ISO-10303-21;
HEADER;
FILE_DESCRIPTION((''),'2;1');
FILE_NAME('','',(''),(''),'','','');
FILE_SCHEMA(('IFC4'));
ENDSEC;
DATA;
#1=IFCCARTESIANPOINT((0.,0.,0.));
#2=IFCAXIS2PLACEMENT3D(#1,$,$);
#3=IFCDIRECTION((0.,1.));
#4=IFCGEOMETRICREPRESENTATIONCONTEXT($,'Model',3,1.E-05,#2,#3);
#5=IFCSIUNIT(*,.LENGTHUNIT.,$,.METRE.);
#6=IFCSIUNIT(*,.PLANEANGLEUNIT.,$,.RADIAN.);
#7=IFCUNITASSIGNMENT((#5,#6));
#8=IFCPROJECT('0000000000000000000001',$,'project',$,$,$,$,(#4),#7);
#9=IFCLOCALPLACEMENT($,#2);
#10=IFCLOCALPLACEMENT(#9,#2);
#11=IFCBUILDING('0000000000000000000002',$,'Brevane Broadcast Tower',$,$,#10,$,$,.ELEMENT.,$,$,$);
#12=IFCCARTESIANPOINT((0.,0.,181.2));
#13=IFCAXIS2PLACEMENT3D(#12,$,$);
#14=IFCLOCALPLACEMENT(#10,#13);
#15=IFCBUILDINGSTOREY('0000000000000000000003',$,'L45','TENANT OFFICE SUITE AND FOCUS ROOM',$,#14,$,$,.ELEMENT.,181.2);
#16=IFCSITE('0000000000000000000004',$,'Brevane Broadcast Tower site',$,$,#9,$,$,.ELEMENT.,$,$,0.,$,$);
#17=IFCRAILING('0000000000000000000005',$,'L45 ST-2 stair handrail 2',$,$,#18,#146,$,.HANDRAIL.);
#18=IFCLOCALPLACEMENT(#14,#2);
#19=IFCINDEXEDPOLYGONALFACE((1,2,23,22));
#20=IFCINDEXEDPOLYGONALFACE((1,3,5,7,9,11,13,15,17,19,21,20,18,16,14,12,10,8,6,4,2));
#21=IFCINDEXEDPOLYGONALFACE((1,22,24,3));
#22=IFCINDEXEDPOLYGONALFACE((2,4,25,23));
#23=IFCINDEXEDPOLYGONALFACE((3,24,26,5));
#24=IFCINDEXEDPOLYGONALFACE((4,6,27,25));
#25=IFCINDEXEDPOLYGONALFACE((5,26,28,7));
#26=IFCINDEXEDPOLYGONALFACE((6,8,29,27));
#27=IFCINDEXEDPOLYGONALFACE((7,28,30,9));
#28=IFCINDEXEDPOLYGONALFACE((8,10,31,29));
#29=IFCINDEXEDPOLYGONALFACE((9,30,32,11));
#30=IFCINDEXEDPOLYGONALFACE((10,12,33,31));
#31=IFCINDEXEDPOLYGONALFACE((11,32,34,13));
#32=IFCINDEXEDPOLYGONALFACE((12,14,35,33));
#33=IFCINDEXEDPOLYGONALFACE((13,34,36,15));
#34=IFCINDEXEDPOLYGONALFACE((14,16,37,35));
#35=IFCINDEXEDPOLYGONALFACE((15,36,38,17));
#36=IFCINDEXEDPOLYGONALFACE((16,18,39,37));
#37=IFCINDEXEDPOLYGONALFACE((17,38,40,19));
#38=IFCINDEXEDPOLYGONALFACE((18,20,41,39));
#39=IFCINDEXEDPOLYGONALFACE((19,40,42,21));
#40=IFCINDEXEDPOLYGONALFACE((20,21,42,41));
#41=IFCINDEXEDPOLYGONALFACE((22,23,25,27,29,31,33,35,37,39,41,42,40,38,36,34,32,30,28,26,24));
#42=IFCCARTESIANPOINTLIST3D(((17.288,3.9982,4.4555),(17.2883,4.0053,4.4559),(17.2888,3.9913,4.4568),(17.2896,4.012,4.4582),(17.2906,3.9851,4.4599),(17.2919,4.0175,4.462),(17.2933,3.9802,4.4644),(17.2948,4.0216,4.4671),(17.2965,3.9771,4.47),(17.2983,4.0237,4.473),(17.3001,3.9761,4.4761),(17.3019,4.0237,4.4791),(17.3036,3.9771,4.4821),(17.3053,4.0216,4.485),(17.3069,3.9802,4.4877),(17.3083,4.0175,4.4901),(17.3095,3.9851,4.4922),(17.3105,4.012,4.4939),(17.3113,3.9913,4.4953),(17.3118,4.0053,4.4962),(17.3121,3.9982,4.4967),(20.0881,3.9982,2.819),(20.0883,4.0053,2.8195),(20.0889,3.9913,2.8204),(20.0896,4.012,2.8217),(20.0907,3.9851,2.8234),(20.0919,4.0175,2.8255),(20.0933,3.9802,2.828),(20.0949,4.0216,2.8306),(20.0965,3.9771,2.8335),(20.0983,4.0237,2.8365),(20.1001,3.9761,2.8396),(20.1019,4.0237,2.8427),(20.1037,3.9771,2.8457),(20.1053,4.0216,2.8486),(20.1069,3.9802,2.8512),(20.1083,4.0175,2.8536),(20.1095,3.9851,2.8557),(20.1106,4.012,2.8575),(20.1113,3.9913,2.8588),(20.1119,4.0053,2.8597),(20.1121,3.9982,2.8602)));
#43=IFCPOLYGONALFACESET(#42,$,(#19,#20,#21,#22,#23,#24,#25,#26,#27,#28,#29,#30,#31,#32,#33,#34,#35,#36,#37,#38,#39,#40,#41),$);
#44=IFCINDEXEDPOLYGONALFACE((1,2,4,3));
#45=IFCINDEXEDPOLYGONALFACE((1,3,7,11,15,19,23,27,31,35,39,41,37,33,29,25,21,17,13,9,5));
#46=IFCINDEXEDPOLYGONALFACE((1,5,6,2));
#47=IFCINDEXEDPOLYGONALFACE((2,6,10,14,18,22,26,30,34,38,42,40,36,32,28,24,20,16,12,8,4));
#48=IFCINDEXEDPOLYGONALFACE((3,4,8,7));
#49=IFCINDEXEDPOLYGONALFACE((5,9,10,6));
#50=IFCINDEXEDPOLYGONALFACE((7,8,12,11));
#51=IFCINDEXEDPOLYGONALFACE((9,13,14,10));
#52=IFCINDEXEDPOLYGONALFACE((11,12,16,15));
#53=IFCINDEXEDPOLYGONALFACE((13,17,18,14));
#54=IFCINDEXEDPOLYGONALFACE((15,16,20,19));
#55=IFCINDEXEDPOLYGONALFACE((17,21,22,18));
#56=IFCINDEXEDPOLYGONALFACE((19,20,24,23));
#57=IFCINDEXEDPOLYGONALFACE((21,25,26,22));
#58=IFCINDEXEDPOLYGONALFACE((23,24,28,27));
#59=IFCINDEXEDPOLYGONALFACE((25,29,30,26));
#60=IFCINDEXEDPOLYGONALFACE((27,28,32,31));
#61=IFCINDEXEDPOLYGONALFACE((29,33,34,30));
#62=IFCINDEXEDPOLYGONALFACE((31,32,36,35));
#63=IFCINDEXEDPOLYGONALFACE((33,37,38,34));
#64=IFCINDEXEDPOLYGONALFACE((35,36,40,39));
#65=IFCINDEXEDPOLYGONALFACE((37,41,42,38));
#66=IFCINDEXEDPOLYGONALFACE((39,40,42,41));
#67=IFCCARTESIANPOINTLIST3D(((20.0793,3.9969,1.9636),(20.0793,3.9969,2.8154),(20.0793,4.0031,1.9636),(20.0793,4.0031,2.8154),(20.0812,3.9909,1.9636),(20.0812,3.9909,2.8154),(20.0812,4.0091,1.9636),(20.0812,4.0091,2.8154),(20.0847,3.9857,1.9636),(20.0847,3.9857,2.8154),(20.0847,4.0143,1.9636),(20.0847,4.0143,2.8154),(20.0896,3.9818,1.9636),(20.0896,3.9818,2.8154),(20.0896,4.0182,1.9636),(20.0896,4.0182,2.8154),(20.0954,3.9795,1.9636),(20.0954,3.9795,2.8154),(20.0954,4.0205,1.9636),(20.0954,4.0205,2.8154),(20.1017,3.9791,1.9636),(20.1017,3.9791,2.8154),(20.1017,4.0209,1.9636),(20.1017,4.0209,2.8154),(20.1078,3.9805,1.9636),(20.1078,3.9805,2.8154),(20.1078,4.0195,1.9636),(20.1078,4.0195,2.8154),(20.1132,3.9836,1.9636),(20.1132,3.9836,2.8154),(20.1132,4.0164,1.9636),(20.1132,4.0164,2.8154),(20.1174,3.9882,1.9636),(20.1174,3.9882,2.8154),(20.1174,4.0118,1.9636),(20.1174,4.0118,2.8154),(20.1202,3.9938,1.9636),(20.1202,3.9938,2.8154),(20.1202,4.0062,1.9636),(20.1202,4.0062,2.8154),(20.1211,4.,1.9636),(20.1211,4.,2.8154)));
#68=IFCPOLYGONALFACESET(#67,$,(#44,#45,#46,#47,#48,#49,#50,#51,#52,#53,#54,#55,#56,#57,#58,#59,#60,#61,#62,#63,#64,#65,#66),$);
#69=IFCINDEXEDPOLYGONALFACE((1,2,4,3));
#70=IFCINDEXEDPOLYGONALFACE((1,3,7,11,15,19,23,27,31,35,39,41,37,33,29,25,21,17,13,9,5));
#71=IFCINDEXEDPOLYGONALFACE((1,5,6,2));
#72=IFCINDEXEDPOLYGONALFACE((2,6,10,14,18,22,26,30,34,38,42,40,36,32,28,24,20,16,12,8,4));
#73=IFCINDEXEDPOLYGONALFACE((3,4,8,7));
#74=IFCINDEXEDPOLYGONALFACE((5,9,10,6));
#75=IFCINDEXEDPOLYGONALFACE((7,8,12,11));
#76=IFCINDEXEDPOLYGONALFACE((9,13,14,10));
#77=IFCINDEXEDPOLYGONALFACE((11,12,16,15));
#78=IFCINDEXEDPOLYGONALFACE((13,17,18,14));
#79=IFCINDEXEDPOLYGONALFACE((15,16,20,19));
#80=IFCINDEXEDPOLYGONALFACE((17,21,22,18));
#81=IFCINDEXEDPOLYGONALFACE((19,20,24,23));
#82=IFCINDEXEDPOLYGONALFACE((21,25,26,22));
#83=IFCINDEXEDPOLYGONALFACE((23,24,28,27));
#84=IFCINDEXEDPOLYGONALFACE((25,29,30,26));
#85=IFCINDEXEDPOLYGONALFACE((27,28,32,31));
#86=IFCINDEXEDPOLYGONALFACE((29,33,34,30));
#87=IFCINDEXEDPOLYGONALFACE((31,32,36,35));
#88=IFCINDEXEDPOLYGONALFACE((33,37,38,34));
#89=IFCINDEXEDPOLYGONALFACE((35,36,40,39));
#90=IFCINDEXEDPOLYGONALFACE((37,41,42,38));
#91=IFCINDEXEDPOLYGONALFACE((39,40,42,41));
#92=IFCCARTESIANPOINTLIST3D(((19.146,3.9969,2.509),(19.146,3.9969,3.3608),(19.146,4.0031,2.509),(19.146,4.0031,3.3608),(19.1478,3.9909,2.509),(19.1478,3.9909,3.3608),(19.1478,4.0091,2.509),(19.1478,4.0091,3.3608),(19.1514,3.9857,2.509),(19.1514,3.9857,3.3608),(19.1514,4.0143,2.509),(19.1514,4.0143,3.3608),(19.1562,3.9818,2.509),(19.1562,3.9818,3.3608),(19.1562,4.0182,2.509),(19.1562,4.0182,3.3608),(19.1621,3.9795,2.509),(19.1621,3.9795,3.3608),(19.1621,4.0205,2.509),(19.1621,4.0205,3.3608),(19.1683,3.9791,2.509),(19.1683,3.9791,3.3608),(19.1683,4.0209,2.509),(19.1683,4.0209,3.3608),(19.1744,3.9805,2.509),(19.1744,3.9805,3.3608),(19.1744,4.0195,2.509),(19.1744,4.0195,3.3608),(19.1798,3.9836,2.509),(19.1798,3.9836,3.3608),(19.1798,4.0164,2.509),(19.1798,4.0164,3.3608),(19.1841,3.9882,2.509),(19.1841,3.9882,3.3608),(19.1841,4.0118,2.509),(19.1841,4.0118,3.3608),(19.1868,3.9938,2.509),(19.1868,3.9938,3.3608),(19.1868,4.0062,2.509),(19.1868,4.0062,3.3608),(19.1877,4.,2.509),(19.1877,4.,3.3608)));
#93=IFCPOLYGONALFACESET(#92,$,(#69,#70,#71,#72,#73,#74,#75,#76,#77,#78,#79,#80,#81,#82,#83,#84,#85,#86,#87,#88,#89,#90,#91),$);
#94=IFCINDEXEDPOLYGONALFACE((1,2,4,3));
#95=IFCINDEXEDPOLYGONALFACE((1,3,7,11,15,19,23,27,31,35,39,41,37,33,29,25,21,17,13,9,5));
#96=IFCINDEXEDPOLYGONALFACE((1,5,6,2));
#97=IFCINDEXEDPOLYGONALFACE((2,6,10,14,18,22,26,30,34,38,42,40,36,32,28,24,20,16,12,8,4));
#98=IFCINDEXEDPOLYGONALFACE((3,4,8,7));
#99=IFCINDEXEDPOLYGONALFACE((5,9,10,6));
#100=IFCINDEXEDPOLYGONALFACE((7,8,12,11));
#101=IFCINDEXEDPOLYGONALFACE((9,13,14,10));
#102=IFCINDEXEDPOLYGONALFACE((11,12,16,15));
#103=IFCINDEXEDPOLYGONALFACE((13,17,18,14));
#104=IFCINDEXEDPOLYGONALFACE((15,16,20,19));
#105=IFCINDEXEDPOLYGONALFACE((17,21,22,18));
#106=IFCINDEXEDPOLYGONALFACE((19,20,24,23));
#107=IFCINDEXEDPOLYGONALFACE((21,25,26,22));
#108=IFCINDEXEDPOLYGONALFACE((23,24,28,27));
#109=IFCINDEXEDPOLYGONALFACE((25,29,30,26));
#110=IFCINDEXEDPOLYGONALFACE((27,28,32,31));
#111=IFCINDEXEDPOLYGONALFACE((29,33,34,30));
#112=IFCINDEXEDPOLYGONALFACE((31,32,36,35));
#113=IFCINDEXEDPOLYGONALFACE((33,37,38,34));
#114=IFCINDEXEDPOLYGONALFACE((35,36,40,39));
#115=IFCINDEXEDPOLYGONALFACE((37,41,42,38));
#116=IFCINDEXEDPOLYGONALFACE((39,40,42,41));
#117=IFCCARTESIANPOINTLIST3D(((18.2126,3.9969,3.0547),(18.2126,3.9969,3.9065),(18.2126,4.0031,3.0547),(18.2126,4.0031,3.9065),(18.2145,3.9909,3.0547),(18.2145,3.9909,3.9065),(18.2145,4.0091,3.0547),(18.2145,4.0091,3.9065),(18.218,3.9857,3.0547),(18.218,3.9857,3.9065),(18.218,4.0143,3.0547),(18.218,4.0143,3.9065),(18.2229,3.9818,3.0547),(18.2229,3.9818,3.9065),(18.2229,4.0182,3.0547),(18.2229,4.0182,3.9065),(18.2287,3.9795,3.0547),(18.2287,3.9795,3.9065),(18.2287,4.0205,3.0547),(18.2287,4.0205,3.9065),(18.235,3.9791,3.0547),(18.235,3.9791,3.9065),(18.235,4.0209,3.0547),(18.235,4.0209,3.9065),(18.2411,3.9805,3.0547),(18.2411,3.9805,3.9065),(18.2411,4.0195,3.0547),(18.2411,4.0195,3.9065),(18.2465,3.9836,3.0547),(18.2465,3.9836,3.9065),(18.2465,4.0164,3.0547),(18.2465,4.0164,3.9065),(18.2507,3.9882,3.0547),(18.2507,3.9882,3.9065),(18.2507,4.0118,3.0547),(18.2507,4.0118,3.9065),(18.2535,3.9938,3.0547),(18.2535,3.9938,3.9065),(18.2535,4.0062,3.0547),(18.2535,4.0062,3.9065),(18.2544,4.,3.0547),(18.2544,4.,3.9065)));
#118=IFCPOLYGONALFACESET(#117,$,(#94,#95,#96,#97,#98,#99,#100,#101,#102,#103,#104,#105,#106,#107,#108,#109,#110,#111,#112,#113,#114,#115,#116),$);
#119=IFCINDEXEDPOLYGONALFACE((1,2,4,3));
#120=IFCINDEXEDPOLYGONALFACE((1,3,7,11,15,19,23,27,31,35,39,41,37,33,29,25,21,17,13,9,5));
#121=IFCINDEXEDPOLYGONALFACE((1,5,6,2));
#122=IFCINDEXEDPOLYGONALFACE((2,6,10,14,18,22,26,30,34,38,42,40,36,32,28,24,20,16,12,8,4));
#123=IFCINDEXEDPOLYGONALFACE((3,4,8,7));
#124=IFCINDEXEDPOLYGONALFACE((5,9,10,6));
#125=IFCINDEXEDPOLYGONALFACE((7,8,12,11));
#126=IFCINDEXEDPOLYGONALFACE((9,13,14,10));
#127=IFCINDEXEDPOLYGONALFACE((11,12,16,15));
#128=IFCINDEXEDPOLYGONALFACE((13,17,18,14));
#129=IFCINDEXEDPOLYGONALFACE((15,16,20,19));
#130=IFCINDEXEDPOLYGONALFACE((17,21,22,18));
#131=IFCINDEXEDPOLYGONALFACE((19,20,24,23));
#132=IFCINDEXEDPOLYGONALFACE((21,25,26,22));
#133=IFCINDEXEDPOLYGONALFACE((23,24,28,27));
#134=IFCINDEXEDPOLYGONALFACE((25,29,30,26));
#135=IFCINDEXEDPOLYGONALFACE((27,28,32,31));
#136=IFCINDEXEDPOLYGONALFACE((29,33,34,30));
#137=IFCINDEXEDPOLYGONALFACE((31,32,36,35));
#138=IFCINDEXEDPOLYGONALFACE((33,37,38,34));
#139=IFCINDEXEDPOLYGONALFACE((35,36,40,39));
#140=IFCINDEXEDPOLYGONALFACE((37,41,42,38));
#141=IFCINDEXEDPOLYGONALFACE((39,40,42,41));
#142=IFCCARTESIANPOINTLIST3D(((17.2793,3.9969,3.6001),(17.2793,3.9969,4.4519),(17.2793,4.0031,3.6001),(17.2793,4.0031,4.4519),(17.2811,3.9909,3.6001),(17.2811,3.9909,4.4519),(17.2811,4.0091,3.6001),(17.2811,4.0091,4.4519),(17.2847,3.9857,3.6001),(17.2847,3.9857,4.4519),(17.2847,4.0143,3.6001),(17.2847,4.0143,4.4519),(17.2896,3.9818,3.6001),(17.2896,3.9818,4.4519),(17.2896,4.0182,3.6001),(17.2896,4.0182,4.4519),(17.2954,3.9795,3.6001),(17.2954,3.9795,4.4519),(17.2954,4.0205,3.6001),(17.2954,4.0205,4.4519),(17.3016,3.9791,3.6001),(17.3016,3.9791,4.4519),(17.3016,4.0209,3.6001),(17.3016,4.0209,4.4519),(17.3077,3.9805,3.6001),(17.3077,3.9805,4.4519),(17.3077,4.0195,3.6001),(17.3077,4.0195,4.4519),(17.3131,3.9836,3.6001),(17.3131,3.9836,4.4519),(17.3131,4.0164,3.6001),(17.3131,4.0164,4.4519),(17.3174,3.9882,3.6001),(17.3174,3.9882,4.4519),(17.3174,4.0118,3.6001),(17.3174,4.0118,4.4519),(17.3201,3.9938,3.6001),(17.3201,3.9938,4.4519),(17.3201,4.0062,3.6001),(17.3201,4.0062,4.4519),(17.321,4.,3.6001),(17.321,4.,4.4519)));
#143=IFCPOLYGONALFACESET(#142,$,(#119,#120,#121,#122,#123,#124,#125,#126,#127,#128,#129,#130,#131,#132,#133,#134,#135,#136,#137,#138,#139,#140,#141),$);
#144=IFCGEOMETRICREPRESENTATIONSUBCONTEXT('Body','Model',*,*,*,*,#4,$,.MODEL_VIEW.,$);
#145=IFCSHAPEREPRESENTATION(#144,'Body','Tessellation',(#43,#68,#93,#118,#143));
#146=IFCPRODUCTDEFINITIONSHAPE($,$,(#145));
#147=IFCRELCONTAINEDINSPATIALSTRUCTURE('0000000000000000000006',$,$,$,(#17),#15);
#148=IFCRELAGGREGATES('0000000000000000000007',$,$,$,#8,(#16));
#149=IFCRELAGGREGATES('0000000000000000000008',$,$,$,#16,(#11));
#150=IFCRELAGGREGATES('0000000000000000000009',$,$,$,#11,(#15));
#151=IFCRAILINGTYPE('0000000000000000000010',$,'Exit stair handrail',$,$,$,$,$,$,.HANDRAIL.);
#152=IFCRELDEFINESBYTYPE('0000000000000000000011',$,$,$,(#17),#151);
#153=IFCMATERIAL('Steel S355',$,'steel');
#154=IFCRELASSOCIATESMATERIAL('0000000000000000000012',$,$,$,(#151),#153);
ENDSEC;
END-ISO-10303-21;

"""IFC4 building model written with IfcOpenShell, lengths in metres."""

from ifc_helpers import new_model, si_unit, direction, frame, origin, origin_2d, place, context, subcontext, project, spatial, circle, extrude, material, type_object, element, save


model = new_model("IFC4")

# Units and contexts
model_context = context("Model", 3, precision=1e-05, world=origin(), true_north=direction((0.0, 1.0)))
body_context = subcontext(model_context, "Body", "Model", "MODEL_VIEW")
ifc_project = project(units=[si_unit("LENGTHUNIT", "METRE"), si_unit("PLANEANGLEUNIT", "RADIAN")], contexts=[model_context])

# Site, building, storey
site_placement = place(None, origin())
site = spatial("IfcSite", under=ifc_project, at=site_placement, Name="Brevane Broadcast Tower site", CompositionType="ELEMENT", RefElevation=0.0)
building_placement = place(site_placement, origin())
building = spatial("IfcBuilding", under=site, at=building_placement, Name="Brevane Broadcast Tower", CompositionType="ELEMENT")
storey_placement = place(building_placement, frame((0.0, 0.0, 181.2)))
storey = spatial("IfcBuildingStorey", under=building, at=storey_placement, Name="L45", Description="TENANT OFFICE SUITE AND FOCUS ROOM", CompositionType="ELEMENT", Elevation=181.2)

# Railing
ifc_material_1 = material(Name="Steel S355", Category="steel")
railing_type_1 = type_object("IfcRailingType", Name="Exit stair handrail", PredefinedType="HANDRAIL", material=ifc_material_1)
railing_1_placement = place(storey_placement, frame((20.1001, 4.0, 1.9636)))
element("IfcRailing", 1, at=railing_1_placement, inside=storey, type_object=railing_type_1, Name="L45 ST-2 stair handrail 2", PredefinedType="HANDRAIL", context=body_context, shape_type="SweptSolid", body=[
    extrude(circle(Radius=0.0239, at=origin_2d()), frame((0.0, 0.0, 0.876), z_axis=(-0.863361, 0.0, 0.504587), x_axis=(0.0, -1.0, 0.0)), (0.0, 0.0, 1.0), 3.2432),
    extrude(circle(Radius=0.021, at=origin_2d()), origin(), (0.0, 0.0, 1.0), 0.8518),
    extrude(circle(Radius=0.021, at=origin_2d()), frame((-0.9333, 0.0, 0.5454)), (0.0, 0.0, 1.0), 0.8518),
    extrude(circle(Radius=0.021, at=origin_2d()), frame((-1.8667, 0.0, 1.0911)), (0.0, 0.0, 1.0), 0.8518),
    extrude(circle(Radius=0.021, at=origin_2d()), frame((-2.8, 0.0, 1.6365)), (0.0, 0.0, 1.0), 0.8518),
])

save(model, "model.ifc")
